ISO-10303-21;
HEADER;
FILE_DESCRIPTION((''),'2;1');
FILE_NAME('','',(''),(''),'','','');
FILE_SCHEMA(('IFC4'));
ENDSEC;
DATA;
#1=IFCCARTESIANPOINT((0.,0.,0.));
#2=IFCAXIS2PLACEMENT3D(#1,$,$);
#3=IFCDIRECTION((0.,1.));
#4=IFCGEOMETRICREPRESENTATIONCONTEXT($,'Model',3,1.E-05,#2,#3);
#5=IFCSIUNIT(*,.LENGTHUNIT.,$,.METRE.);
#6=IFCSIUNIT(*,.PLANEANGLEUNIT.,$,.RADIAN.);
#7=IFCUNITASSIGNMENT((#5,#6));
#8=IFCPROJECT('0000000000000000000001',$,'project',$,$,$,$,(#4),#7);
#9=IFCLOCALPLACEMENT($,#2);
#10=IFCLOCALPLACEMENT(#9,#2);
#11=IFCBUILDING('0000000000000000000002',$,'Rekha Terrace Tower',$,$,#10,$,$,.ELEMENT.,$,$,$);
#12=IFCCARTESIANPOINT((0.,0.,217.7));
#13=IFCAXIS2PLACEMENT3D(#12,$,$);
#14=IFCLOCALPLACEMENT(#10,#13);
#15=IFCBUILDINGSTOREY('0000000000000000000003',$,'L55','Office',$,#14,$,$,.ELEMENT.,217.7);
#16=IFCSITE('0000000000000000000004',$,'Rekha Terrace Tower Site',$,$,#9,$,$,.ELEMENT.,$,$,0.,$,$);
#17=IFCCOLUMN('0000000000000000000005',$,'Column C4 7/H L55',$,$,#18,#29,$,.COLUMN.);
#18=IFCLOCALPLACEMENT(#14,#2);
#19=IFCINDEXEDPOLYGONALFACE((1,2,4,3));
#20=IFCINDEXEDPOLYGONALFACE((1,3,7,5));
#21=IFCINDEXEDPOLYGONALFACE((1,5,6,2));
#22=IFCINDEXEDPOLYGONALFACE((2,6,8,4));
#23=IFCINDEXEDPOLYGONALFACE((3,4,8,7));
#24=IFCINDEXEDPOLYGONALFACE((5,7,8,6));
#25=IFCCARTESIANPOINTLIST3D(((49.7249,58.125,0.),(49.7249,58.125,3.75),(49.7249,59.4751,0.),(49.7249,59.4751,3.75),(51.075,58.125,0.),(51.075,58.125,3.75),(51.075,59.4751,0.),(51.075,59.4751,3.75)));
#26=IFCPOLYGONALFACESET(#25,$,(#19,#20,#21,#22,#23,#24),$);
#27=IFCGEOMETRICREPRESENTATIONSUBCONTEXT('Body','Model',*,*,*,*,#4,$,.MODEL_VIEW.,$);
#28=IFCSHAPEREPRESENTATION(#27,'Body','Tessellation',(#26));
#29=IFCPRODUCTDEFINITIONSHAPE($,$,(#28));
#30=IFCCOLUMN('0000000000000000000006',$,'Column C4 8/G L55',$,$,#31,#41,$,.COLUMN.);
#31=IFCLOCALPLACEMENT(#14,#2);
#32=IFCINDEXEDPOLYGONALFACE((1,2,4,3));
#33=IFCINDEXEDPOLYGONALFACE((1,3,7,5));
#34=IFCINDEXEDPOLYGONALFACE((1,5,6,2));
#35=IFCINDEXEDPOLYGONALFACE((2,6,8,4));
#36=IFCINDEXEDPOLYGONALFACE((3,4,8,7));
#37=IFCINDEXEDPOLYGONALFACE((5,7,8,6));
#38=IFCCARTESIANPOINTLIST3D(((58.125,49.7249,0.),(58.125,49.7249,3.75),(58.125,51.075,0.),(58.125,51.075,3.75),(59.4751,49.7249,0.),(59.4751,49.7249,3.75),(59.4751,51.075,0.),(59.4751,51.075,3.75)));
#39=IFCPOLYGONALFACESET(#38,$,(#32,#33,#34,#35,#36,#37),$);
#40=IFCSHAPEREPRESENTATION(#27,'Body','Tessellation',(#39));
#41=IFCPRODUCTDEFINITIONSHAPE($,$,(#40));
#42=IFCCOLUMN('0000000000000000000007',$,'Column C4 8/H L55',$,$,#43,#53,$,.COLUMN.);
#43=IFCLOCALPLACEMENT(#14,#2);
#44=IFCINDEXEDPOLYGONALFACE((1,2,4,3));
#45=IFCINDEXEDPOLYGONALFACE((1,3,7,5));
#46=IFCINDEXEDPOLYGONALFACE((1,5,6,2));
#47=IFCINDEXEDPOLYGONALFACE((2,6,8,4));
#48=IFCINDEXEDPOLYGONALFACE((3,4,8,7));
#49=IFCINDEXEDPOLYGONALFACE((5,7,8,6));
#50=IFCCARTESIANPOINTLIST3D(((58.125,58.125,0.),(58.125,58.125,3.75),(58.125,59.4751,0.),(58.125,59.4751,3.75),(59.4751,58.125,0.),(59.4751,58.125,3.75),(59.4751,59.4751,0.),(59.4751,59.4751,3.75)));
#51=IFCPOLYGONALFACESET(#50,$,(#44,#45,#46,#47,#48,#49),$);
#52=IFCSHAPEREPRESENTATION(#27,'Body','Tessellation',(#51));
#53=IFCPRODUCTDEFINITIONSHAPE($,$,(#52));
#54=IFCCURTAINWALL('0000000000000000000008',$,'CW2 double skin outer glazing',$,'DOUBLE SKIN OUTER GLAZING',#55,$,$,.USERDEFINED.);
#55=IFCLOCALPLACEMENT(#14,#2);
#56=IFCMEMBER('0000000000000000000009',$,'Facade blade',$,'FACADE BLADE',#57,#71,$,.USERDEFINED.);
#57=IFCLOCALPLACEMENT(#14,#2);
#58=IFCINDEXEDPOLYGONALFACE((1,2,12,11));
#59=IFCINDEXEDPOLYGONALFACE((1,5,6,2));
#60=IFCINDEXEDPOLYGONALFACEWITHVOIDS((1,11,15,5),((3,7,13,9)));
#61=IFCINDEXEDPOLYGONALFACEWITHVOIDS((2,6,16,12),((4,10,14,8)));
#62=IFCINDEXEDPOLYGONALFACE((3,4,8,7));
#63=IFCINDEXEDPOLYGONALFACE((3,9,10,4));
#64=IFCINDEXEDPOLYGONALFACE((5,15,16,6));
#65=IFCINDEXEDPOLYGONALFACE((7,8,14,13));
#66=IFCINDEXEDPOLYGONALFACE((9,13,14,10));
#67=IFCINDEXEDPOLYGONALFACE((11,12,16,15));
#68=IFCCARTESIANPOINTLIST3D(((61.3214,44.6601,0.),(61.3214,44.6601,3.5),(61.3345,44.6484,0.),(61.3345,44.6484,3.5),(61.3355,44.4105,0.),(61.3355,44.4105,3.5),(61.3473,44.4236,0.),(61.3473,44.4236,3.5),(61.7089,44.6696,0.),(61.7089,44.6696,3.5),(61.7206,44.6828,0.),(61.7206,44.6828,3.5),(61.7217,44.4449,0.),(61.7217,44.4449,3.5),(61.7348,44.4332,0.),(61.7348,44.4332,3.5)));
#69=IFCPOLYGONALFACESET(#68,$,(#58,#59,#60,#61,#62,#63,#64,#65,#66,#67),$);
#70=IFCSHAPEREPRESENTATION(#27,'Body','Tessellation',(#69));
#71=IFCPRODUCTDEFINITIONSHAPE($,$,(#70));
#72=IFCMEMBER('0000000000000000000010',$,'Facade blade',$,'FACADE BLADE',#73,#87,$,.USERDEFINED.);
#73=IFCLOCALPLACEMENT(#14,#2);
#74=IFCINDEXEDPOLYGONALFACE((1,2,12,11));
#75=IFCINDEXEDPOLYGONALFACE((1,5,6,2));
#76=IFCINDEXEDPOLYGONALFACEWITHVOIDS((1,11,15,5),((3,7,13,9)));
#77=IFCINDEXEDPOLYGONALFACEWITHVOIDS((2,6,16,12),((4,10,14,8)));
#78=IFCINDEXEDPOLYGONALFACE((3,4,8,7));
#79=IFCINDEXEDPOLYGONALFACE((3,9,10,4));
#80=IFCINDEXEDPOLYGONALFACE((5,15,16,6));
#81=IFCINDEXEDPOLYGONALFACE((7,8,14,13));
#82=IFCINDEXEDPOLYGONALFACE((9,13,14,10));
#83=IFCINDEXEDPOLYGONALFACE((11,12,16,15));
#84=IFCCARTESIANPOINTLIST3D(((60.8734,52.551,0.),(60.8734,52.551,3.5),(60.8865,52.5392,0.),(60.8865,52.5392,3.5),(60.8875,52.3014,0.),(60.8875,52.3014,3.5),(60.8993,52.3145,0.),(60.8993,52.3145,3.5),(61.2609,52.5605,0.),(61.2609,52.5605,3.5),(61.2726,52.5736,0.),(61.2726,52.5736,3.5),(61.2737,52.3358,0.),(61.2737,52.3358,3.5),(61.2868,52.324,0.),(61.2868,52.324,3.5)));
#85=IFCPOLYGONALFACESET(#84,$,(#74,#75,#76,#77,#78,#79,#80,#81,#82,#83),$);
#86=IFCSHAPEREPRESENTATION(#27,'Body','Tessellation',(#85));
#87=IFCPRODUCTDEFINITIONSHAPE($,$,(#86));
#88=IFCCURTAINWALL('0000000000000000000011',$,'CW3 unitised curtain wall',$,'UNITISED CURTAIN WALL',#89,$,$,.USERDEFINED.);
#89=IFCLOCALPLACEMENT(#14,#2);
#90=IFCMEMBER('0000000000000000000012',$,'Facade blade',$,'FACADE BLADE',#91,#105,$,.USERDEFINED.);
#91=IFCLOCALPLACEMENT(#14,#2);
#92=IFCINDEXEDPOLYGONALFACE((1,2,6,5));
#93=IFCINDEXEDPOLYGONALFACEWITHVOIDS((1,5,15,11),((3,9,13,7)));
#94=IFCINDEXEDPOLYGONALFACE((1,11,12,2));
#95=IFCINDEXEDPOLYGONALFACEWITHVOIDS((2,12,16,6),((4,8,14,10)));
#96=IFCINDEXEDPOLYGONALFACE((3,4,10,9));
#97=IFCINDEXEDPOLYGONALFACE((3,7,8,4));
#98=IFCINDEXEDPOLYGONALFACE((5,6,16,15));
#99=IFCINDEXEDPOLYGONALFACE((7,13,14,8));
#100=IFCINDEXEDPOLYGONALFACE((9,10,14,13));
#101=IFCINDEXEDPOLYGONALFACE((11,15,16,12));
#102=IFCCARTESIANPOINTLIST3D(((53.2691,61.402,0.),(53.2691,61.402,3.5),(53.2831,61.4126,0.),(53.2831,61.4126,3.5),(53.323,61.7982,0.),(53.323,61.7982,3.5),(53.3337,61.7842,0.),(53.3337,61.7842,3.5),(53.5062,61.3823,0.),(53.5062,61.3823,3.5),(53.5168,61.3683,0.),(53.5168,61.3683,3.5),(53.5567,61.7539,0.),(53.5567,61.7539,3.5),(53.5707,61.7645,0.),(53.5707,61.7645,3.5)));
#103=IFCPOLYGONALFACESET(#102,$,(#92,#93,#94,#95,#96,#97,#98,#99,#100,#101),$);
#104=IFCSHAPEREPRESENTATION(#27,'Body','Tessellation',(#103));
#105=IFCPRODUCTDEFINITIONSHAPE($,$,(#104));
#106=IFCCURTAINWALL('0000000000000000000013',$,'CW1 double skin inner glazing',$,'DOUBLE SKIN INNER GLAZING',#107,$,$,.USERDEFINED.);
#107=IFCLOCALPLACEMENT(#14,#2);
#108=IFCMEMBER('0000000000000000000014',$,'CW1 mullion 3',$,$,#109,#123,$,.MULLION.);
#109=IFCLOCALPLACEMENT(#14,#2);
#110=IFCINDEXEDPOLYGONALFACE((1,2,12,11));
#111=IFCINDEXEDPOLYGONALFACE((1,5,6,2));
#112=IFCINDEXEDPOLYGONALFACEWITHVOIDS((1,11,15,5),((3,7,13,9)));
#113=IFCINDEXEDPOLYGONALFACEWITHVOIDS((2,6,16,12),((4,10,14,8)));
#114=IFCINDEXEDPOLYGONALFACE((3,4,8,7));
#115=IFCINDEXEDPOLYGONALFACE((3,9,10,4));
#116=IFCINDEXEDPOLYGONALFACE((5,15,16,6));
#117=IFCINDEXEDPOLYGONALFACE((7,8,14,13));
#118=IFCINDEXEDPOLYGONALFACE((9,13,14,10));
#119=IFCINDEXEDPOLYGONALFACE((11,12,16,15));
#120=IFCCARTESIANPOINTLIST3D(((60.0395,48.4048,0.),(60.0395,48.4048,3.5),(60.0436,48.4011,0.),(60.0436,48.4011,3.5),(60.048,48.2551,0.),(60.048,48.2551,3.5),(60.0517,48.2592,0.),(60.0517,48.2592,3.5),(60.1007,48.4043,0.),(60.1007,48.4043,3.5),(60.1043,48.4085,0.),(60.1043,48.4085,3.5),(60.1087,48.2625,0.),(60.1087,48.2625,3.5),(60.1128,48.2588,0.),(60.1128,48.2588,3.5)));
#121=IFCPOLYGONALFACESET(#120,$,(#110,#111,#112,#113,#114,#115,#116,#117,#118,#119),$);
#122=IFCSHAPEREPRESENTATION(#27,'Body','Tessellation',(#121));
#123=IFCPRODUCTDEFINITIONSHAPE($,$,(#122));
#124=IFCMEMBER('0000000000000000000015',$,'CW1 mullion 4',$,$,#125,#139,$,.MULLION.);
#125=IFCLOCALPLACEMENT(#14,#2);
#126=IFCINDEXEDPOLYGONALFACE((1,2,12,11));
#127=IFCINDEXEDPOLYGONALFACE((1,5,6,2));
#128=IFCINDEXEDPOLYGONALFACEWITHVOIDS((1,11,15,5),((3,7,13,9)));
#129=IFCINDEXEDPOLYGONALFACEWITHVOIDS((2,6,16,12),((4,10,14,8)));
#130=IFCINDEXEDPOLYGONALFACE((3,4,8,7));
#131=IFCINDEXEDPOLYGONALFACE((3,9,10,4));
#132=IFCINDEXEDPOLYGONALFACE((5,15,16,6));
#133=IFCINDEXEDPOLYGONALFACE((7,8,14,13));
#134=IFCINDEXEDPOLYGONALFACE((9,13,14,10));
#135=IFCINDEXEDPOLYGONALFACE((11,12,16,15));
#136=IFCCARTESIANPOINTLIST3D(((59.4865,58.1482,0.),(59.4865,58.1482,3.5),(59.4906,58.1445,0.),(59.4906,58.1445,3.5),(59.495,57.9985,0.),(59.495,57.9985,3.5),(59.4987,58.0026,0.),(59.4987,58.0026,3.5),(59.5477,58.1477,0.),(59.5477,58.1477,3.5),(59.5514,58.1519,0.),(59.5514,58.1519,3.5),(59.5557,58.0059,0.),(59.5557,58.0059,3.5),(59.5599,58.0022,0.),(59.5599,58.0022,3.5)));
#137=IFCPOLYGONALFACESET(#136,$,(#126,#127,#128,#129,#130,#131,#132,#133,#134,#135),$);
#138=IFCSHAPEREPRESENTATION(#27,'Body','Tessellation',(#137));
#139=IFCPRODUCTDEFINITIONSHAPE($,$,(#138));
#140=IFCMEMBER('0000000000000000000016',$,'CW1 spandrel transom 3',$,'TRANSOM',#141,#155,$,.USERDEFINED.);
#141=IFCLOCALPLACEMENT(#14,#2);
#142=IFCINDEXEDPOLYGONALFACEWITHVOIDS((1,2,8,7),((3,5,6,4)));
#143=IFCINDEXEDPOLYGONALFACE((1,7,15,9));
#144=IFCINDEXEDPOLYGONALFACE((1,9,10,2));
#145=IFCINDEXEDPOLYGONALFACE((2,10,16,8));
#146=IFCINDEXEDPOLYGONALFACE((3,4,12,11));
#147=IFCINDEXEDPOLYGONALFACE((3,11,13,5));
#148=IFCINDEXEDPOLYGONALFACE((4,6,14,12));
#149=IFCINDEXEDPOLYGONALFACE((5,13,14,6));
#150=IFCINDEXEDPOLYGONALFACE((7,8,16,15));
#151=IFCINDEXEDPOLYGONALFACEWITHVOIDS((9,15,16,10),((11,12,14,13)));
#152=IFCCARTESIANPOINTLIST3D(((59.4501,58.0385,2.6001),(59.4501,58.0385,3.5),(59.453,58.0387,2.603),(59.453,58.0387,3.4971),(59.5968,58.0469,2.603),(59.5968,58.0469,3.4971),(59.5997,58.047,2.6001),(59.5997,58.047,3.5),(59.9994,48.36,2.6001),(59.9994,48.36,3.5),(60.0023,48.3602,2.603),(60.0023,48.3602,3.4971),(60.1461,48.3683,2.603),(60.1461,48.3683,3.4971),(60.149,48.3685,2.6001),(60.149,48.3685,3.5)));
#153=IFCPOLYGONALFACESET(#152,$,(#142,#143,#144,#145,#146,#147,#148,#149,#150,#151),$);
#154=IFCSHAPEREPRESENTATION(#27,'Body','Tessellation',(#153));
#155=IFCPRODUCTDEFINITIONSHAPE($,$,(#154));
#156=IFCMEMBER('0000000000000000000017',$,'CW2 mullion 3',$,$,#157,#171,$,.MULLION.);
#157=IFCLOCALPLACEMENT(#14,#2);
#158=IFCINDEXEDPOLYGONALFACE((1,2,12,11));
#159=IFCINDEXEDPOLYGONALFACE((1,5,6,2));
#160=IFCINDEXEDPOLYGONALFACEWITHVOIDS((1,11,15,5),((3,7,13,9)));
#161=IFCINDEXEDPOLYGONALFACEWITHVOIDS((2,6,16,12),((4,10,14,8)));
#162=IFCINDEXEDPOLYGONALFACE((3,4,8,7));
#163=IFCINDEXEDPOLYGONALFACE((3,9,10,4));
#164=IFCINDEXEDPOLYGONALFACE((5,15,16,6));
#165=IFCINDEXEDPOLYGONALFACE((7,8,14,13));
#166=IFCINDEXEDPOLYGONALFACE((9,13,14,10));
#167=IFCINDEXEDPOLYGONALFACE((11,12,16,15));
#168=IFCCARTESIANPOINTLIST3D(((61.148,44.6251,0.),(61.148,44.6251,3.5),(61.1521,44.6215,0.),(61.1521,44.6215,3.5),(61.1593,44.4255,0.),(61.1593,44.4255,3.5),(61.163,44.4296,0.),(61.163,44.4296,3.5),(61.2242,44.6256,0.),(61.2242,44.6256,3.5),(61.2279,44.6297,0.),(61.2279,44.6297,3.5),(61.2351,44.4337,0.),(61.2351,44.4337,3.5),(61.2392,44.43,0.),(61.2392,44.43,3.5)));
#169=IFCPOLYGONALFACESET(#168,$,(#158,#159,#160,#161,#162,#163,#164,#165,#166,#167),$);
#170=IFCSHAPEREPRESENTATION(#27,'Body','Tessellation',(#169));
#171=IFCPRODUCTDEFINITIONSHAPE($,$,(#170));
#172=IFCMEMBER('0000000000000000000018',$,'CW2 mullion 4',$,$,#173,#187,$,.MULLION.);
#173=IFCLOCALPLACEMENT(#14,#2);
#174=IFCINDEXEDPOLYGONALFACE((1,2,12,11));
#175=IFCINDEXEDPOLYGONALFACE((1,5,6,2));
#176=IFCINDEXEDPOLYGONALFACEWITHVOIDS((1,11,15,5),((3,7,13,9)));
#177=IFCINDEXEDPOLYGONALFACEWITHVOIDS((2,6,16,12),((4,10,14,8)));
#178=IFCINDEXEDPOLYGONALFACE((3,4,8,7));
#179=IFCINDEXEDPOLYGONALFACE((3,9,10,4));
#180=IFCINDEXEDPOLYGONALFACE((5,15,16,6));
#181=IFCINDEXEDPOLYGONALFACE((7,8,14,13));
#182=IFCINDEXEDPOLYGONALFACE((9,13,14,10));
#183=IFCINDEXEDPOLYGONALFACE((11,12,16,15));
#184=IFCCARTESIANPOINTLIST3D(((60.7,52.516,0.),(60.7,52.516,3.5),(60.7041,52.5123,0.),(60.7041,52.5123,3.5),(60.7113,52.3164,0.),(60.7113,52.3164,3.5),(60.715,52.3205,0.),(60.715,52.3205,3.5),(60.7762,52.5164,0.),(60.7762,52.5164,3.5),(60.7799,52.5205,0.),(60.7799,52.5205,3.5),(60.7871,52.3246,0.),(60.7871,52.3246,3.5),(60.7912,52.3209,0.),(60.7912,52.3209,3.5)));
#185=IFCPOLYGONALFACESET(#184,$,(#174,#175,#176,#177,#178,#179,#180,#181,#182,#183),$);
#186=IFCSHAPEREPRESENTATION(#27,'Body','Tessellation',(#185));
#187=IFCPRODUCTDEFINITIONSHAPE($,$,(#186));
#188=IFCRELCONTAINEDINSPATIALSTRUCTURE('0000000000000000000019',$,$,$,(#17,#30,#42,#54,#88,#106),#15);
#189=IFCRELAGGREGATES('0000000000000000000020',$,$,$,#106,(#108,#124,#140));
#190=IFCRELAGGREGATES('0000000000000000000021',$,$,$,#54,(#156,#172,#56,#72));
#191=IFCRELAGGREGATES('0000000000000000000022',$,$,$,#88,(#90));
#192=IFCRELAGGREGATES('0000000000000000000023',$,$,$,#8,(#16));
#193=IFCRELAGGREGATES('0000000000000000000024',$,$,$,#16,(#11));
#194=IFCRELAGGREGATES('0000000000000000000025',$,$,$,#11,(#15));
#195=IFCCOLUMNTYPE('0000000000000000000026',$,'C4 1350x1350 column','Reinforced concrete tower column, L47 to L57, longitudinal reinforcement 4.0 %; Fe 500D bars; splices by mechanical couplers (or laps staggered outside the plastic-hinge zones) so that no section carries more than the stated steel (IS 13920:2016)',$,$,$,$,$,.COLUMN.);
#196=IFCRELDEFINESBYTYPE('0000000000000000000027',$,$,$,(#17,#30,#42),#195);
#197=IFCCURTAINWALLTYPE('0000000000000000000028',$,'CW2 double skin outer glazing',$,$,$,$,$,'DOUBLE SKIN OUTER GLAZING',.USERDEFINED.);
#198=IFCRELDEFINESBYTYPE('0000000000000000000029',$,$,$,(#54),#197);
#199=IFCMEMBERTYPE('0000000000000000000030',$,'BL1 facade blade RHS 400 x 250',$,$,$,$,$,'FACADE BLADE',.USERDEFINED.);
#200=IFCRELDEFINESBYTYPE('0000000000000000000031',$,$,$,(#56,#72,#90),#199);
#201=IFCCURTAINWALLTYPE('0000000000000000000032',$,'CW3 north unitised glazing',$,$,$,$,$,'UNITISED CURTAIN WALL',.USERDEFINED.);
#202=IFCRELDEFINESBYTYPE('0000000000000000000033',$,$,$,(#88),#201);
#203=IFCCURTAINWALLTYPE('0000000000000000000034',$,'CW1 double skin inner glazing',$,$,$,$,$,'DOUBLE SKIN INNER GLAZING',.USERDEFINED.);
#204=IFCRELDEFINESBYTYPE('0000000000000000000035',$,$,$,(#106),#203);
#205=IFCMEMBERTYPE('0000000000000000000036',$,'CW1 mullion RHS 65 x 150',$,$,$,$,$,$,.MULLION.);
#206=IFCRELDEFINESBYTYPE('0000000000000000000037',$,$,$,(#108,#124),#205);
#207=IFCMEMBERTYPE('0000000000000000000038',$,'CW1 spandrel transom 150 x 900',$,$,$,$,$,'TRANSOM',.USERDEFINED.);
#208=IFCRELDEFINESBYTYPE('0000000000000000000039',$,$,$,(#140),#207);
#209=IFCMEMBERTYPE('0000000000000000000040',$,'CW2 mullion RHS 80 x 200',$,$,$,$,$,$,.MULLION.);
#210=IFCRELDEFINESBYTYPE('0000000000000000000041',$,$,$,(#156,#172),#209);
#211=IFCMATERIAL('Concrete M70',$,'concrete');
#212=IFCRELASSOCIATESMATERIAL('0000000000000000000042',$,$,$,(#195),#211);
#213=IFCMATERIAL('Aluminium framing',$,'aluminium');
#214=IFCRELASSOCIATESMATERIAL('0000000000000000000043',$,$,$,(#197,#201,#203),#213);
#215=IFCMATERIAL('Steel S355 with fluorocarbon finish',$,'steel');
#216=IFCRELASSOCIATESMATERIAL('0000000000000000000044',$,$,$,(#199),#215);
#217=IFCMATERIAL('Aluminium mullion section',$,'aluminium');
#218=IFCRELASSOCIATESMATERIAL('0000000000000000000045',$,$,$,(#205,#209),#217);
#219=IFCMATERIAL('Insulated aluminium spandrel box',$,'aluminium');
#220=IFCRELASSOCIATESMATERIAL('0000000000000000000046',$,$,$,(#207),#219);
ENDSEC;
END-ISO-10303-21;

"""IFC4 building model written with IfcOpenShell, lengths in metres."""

from ifc_helpers import new_model, si_unit, direction, frame, origin, origin_2d, place, context, subcontext, project, spatial, rectangle, hollow_rectangle, extrude, material, material_profile, profile_set, type_object, element, aggregate, save


model = new_model("IFC4")

# Units and contexts
model_context = context("Model", 3, precision=1e-05, world=origin(), true_north=direction((0.0, 1.0)))
body_context = subcontext(model_context, "Body", "Model", "MODEL_VIEW")
ifc_project = project(units=[si_unit("LENGTHUNIT", "METRE"), si_unit("PLANEANGLEUNIT", "RADIAN")], contexts=[model_context])

# Site, building, storey
site_placement = place(None, origin())
site = spatial("IfcSite", under=ifc_project, at=site_placement, Name="Rekha Terrace Tower Site", CompositionType="ELEMENT", RefElevation=0.0)
building_placement = place(site_placement, origin())
building = spatial("IfcBuilding", under=site, at=building_placement, Name="Rekha Terrace Tower", CompositionType="ELEMENT")
storey_placement = place(building_placement, frame((0.0, 0.0, 217.7)))
storey = spatial("IfcBuildingStorey", under=building, at=storey_placement, Name="L55", Description="Office", CompositionType="ELEMENT", Elevation=217.7)

# Columns
ifc_material_1 = material(Name="Concrete M70", Category="concrete")
ifc_material_profile_1 = material_profile(ifc_material_1, rectangle(XDim=1.3501, YDim=1.3501, at=origin_2d()), Name="RC 1350x1350")
ifc_profile_set_1 = profile_set([ifc_material_profile_1], Name="Concrete M70")
column_type = type_object("IfcColumnType", Name="C4 1350x1350 column", Description="Reinforced concrete tower column, L47 to L57, longitudinal reinforcement 4.0 %; Fe 500D bars; splices by mechanical couplers (or laps staggered outside the plastic-hinge zones) so that no section carries more than the stated steel (IS 13920:2016)", PredefinedType="COLUMN", material=ifc_profile_set_1)
for number, where, z_axis, x_axis, name in (
    (1, (50.3999, 58.8, 0.0), (0.0, 0.0, 1.0), (1.0, 0.0, 0.0), "Column C4 7/H L55"),
    (2, (58.8, 50.3999, 0.0), (0.0, 0.0, 1.0), (1.0, 0.0, 0.0), "Column C4 8/G L55"),
    (3, (58.8, 58.8, 0.0), (0.0, 0.0, 1.0), (1.0, 0.0, 0.0), "Column C4 8/H L55"),
):
    element("IfcColumn", number, at=place(storey_placement, frame(where, z_axis=z_axis, x_axis=x_axis)), inside=storey, type_object=column_type, Name=name, PredefinedType="COLUMN", context=body_context, shape_type="SweptSolid", body=[
        extrude(rectangle(XDim=1.3501, YDim=1.3501, at=origin_2d()), origin(), (0.0, 0.0, 1.0), 3.75),
    ])

# Curtain wall, members
ifc_material_2 = material(Name="Aluminium framing", Category="aluminium")
curtain_wall_type_1 = type_object("IfcCurtainWallType", Name="CW2 double skin outer glazing", ElementType="DOUBLE SKIN OUTER GLAZING", PredefinedType="USERDEFINED", material=ifc_material_2)
curtain_wall_1_placement = place(storey_placement, origin())
curtain_wall_1 = element("IfcCurtainWall", 4, at=curtain_wall_1_placement, inside=storey, type_object=curtain_wall_type_1, Name="CW2 double skin outer glazing", ObjectType="DOUBLE SKIN OUTER GLAZING", PredefinedType="USERDEFINED")
ifc_material_3 = material(Name="Steel S355 with fluorocarbon finish", Category="steel")
ifc_material_profile_2 = material_profile(ifc_material_3, hollow_rectangle(XDim=0.25, YDim=0.3999, WallThickness=0.0125, at=origin_2d()), Name="RHS400x250x12.5")
ifc_profile_set_2 = profile_set([ifc_material_profile_2], Name="Steel S355 with fluorocarbon finish")
member_type_1 = type_object("IfcMemberType", Name="BL1 facade blade RHS 400 x 250", ElementType="FACADE BLADE", PredefinedType="USERDEFINED", material=ifc_profile_set_2)
member_1_placement = place(storey_placement, frame((61.5281, 44.5466, 0.0), z_axis=(0.0, 0.0, 1.0), x_axis=(-0.056674, 0.998393, 0.0)))
member_1 = element("IfcMember", 5, at=member_1_placement, type_object=member_type_1, Name="Facade blade", ObjectType="FACADE BLADE", PredefinedType="USERDEFINED", context=body_context, shape_type="SweptSolid", body=[
    extrude(hollow_rectangle(XDim=0.25, YDim=0.3999, WallThickness=0.0125, at=origin_2d()), origin(), (0.0, 0.0, 1.0), 3.5),
])
member_2_placement = place(storey_placement, frame((61.0801, 52.4375, 0.0), z_axis=(0.0, 0.0, 1.0), x_axis=(-0.056674, 0.998393, 0.0)))
member_2 = element("IfcMember", 6, at=member_2_placement, type_object=member_type_1, Name="Facade blade", ObjectType="FACADE BLADE", PredefinedType="USERDEFINED", context=body_context, shape_type="SweptSolid", body=[
    extrude(hollow_rectangle(XDim=0.25, YDim=0.3999, WallThickness=0.0125, at=origin_2d()), origin(), (0.0, 0.0, 1.0), 3.5),
])

# Curtain wall, member
curtain_wall_type_2 = type_object("IfcCurtainWallType", Name="CW3 north unitised glazing", ElementType="UNITISED CURTAIN WALL", PredefinedType="USERDEFINED", material=ifc_material_2)
curtain_wall_2_placement = place(storey_placement, origin())
curtain_wall_2 = element("IfcCurtainWall", 7, at=curtain_wall_2_placement, inside=storey, type_object=curtain_wall_type_2, Name="CW3 unitised curtain wall", ObjectType="UNITISED CURTAIN WALL", PredefinedType="USERDEFINED")
member_3_placement = place(storey_placement, frame((53.4199, 61.5833, 0.0), z_axis=(0.0, 0.0, 1.0), x_axis=(-0.990867, 0.134841, 0.0)))
member_3 = element("IfcMember", 8, at=member_3_placement, type_object=member_type_1, Name="Facade blade", ObjectType="FACADE BLADE", PredefinedType="USERDEFINED", context=body_context, shape_type="SweptSolid", body=[
    extrude(hollow_rectangle(XDim=0.25, YDim=0.3999, WallThickness=0.0125, at=origin_2d()), origin(), (0.0, 0.0, 1.0), 3.5),
])

# Curtain wall, members
curtain_wall_type_3 = type_object("IfcCurtainWallType", Name="CW1 double skin inner glazing", ElementType="DOUBLE SKIN INNER GLAZING", PredefinedType="USERDEFINED", material=ifc_material_2)
curtain_wall_3_placement = place(storey_placement, origin())
curtain_wall_3 = element("IfcCurtainWall", 9, at=curtain_wall_3_placement, inside=storey, type_object=curtain_wall_type_3, Name="CW1 double skin inner glazing", ObjectType="DOUBLE SKIN INNER GLAZING", PredefinedType="USERDEFINED")
ifc_material_4 = material(Name="Aluminium mullion section", Category="aluminium")
ifc_material_profile_3 = material_profile(ifc_material_4, hollow_rectangle(XDim=0.0649, YDim=0.1499, WallThickness=0.0039, at=origin_2d()), Name="AL RHS 65x150")
ifc_profile_set_3 = profile_set([ifc_material_profile_3], Name="Aluminium mullion section")
member_type_2 = type_object("IfcMemberType", Name="CW1 mullion RHS 65 x 150", PredefinedType="MULLION", material=ifc_profile_set_3)
member_4_placement = place(storey_placement, frame((60.0762, 48.3318, 0.0), z_axis=(0.0, 0.0, 1.0), x_axis=(-0.998393, -0.056673, 0.0)))
member_4 = element("IfcMember", 10, at=member_4_placement, type_object=member_type_2, Name="CW1 mullion 3", PredefinedType="MULLION", context=body_context, shape_type="SweptSolid", body=[
    extrude(hollow_rectangle(XDim=0.0649, YDim=0.1499, WallThickness=0.0039, at=origin_2d()), origin(), (0.0, 0.0, 1.0), 3.5),
])
member_5_placement = place(storey_placement, frame((59.5232, 58.0752, 0.0), z_axis=(0.0, 0.0, 1.0), x_axis=(-0.998393, -0.056673, 0.0)))
member_5 = element("IfcMember", 11, at=member_5_placement, type_object=member_type_2, Name="CW1 mullion 4", PredefinedType="MULLION", context=body_context, shape_type="SweptSolid", body=[
    extrude(hollow_rectangle(XDim=0.0649, YDim=0.1499, WallThickness=0.0039, at=origin_2d()), origin(), (0.0, 0.0, 1.0), 3.5),
])
ifc_material_5 = material(Name="Insulated aluminium spandrel box", Category="aluminium")
ifc_material_profile_4 = material_profile(ifc_material_5, hollow_rectangle(XDim=0.1499, YDim=0.8999, WallThickness=0.0029, at=origin_2d()), Name="AL SPANDREL BOX 150x900")
ifc_profile_set_4 = profile_set([ifc_material_profile_4], Name="Insulated aluminium spandrel box")
member_type_3 = type_object("IfcMemberType", Name="CW1 spandrel transom 150 x 900", ElementType="TRANSOM", PredefinedType="USERDEFINED", material=ifc_profile_set_4)
member_6_placement = place(storey_placement, frame((60.0742, 48.3643, 3.05), z_axis=(-0.056665, 0.998393, 0.0), x_axis=(-0.998393, -0.056665, 0.0)))
member_6 = element("IfcMember", 12, at=member_6_placement, type_object=member_type_3, Name="CW1 spandrel transom 3", ObjectType="TRANSOM", PredefinedType="USERDEFINED", context=body_context, shape_type="SweptSolid", body=[
    extrude(hollow_rectangle(XDim=0.1499, YDim=0.8999, WallThickness=0.0029, at=origin_2d()), origin(), (0.0, 0.0, 1.0), 9.6941),
])

# Members
ifc_material_profile_5 = material_profile(ifc_material_4, hollow_rectangle(XDim=0.0801, YDim=0.2, WallThickness=0.0039, at=origin_2d()), Name="AL RHS 80x200")
ifc_profile_set_5 = profile_set([ifc_material_profile_5], Name="Aluminium mullion section")
member_type_4 = type_object("IfcMemberType", Name="CW2 mullion RHS 80 x 200", PredefinedType="MULLION", material=ifc_profile_set_5)
member_7_placement = place(storey_placement, frame((61.1936, 44.5276, 0.0), z_axis=(0.0, 0.0, 1.0), x_axis=(-0.998393, -0.056673, 0.0)))
member_7 = element("IfcMember", 13, at=member_7_placement, type_object=member_type_4, Name="CW2 mullion 3", PredefinedType="MULLION", context=body_context, shape_type="SweptSolid", body=[
    extrude(hollow_rectangle(XDim=0.0801, YDim=0.2, WallThickness=0.0039, at=origin_2d()), origin(), (0.0, 0.0, 1.0), 3.5),
])
member_8_placement = place(storey_placement, frame((60.7456, 52.4185, 0.0), z_axis=(0.0, 0.0, 1.0), x_axis=(-0.998393, -0.056673, 0.0)))
member_8 = element("IfcMember", 14, at=member_8_placement, type_object=member_type_4, Name="CW2 mullion 4", PredefinedType="MULLION", context=body_context, shape_type="SweptSolid", body=[
    extrude(hollow_rectangle(XDim=0.0801, YDim=0.2, WallThickness=0.0039, at=origin_2d()), origin(), (0.0, 0.0, 1.0), 3.5),
])

aggregate(curtain_wall_3, [member_4, member_5, member_6])
aggregate(curtain_wall_1, [member_7, member_8, member_1, member_2])
aggregate(curtain_wall_2, [member_3])

save(model, "model.ifc")
